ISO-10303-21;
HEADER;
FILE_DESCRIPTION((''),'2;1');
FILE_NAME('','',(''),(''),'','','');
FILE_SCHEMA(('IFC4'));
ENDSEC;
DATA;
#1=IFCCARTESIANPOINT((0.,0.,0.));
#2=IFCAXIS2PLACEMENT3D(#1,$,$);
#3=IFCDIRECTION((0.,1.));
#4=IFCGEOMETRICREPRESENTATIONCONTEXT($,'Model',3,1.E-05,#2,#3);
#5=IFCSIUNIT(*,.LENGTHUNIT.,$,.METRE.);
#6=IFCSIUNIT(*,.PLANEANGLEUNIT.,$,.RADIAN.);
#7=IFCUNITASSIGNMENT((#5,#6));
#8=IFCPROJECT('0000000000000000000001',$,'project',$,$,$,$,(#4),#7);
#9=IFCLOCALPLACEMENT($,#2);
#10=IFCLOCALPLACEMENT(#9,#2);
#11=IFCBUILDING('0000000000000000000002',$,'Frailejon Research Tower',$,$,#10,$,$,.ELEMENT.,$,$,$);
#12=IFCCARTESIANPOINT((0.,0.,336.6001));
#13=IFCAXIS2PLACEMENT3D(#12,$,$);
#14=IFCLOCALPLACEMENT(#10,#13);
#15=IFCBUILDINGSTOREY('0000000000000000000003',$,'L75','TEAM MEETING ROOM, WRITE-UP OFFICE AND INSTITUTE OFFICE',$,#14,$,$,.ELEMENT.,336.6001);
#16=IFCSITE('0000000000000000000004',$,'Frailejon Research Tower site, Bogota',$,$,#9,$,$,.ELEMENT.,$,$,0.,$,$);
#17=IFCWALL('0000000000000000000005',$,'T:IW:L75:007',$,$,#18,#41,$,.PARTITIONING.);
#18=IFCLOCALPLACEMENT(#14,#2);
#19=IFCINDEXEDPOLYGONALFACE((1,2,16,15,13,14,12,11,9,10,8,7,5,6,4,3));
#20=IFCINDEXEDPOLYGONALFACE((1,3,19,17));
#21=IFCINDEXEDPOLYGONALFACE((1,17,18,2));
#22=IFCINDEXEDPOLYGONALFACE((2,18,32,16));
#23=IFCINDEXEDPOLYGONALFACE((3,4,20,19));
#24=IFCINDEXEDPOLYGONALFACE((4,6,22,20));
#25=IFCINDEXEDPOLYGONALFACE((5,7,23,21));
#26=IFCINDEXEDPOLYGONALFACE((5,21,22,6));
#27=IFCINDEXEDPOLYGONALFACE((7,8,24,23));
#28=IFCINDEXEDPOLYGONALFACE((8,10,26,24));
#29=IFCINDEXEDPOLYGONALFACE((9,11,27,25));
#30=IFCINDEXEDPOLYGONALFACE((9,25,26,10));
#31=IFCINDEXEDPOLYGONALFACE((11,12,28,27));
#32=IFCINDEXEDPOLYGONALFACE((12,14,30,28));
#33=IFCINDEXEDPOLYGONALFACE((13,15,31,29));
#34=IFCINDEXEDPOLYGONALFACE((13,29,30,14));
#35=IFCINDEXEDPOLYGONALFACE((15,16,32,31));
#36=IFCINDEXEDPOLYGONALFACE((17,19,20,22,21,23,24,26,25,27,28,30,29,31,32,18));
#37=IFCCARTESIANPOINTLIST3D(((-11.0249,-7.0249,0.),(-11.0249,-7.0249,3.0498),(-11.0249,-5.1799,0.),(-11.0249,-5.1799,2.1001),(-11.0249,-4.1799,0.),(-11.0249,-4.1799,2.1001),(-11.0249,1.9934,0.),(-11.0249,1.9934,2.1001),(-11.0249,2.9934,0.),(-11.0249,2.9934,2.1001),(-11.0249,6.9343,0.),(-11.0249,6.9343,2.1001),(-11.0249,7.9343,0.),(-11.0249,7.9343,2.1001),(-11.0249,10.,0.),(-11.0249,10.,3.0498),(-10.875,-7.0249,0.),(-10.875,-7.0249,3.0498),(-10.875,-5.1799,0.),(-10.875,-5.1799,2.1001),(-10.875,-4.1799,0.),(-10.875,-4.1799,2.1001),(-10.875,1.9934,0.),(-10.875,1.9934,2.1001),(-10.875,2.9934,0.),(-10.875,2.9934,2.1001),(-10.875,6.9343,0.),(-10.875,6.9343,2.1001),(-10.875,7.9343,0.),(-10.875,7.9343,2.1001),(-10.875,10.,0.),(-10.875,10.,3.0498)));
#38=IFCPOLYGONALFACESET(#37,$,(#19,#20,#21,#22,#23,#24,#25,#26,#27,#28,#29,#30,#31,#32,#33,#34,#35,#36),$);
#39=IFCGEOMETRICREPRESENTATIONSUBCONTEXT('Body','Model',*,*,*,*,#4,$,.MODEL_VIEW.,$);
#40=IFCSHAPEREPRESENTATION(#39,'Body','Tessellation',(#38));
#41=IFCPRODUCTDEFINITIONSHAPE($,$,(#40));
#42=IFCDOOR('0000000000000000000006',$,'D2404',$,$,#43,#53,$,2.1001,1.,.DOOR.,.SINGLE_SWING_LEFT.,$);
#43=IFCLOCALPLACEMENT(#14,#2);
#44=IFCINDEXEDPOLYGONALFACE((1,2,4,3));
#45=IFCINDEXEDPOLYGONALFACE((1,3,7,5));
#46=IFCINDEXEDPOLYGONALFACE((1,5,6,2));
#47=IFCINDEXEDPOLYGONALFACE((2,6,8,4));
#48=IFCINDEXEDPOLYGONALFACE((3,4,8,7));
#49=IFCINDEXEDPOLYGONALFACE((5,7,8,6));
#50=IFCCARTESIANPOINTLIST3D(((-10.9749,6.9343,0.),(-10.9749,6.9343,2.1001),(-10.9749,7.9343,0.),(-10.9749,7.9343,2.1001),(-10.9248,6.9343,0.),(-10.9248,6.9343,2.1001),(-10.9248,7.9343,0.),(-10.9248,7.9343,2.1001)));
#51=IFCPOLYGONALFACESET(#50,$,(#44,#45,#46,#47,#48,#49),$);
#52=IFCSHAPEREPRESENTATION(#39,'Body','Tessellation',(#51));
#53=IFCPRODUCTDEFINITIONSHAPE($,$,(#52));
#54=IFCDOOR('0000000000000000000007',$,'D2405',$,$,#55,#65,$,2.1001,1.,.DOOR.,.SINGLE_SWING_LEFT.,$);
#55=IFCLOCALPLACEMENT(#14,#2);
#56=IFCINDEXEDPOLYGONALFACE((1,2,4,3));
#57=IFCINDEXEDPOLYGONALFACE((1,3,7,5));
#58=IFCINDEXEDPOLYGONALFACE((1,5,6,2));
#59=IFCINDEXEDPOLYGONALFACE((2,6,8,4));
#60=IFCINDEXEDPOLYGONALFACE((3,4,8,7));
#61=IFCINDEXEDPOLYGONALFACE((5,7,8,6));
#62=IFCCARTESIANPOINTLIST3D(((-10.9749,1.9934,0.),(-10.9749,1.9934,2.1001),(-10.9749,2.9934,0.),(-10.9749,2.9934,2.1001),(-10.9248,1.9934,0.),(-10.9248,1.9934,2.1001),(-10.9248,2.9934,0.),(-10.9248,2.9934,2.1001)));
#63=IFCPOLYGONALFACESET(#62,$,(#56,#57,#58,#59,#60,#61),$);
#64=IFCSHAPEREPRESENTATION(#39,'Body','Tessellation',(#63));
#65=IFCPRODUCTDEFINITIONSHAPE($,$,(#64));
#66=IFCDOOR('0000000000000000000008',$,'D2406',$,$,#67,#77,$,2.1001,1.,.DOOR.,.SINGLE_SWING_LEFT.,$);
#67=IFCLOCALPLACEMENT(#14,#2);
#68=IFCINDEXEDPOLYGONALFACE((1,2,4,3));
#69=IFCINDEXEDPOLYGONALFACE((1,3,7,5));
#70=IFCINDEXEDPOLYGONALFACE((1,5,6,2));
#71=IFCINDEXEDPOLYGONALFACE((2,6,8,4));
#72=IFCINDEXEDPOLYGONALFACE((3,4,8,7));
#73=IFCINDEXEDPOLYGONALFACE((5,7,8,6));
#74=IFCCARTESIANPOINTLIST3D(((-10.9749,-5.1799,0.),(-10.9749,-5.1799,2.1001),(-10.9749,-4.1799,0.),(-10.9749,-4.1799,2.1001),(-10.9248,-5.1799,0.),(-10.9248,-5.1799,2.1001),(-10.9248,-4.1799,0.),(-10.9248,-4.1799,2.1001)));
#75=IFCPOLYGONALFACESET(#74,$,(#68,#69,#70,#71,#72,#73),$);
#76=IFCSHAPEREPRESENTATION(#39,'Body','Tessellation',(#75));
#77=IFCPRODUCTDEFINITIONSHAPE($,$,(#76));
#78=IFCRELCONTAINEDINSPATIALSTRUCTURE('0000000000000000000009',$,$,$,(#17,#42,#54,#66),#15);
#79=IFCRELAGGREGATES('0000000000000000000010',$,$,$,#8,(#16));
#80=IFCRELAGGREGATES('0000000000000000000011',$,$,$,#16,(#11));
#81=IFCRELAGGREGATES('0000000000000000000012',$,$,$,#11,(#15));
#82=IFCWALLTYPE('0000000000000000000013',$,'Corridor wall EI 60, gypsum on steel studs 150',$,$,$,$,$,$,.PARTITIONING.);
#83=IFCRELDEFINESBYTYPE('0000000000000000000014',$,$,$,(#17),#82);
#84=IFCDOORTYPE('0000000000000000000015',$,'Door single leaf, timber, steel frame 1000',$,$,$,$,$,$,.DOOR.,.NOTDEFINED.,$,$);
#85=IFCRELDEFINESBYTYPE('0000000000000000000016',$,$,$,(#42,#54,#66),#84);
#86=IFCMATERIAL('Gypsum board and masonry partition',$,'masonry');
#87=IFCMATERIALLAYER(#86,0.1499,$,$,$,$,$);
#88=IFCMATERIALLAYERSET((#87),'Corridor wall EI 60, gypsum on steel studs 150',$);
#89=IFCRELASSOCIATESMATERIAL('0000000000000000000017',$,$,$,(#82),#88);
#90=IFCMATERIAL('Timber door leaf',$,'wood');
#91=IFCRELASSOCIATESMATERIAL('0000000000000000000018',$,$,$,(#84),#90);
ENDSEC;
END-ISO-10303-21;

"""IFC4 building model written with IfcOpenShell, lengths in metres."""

from ifc_helpers import new_model, si_unit, direction, frame, frame_2d, origin, place, context, subcontext, project, spatial, rectangle, extrude, material, layer, layer_set, type_object, element, fill, save


model = new_model("IFC4")

# Units and contexts
model_context = context("Model", 3, precision=1e-05, world=origin(), true_north=direction((0.0, 1.0)))
body_context = subcontext(model_context, "Body", "Model", "MODEL_VIEW")
ifc_project = project(units=[si_unit("LENGTHUNIT", "METRE"), si_unit("PLANEANGLEUNIT", "RADIAN")], contexts=[model_context])

# Site, building, storey
site_placement = place(None, origin())
site = spatial("IfcSite", under=ifc_project, at=site_placement, Name="Frailejon Research Tower site, Bogota", CompositionType="ELEMENT", RefElevation=0.0)
building_placement = place(site_placement, origin())
building = spatial("IfcBuilding", under=site, at=building_placement, Name="Frailejon Research Tower", CompositionType="ELEMENT")
storey_placement = place(building_placement, frame((0.0, 0.0, 336.6001)))
storey = spatial("IfcBuildingStorey", under=building, at=storey_placement, Name="L75", Description="TEAM MEETING ROOM, WRITE-UP OFFICE AND INSTITUTE OFFICE", CompositionType="ELEMENT", Elevation=336.6001)

# Shared definitions
ifc_material_1 = material(Name="Gypsum board and masonry partition", Category="masonry")
ifc_layer_1 = layer(ifc_material_1, 0.1499)
ifc_layer_set_1 = layer_set([ifc_layer_1], Name="Corridor wall EI 60, gypsum on steel studs 150")
wall_type_1 = type_object("IfcWallType", Name="Corridor wall EI 60, gypsum on steel studs 150", PredefinedType="PARTITIONING", material=ifc_layer_set_1)

# Wall, openings, doors
wall_1_placement = place(storey_placement, frame((-10.95, -7.0249, 0.0), z_axis=(0.0, 0.0, 1.0), x_axis=(0.0, 1.0, 0.0)))
wall_1 = element("IfcWall", 1, at=wall_1_placement, inside=storey, type_object=wall_type_1, Name="T:IW:L75:007", PredefinedType="PARTITIONING", context=body_context, shape_type="SweptSolid", body=[
    extrude(rectangle(XDim=17.0249, YDim=0.1499, at=frame_2d((8.5125, 0.0))), origin(), (0.0, 0.0, 1.0), 3.0498),
])
opening_1_placement = place(wall_1_placement, frame((13.9592, 0.0, 0.0)))
opening_1 = element("IfcOpeningElement", 2, at=opening_1_placement, cuts=wall_1, PredefinedType="OPENING", context=body_context, shape_type="SweptSolid", body=[
    extrude(rectangle(XDim=1.0, YDim=2.1001, at=frame_2d((0.5, 1.05))), frame((0.0, 0.085, 0.0), z_axis=(0.0, -1.0, 0.0), x_axis=(1.0, 0.0, 0.0)), (0.0, 0.0, 1.0), 0.1699),
])
opening_2_placement = place(wall_1_placement, frame((9.0183, 0.0, 0.0)))
opening_2 = element("IfcOpeningElement", 3, at=opening_2_placement, cuts=wall_1, PredefinedType="OPENING", context=body_context, shape_type="SweptSolid", body=[
    extrude(rectangle(XDim=1.0, YDim=2.1001, at=frame_2d((0.5, 1.05))), frame((0.0, 0.085, 0.0), z_axis=(0.0, -1.0, 0.0), x_axis=(1.0, 0.0, 0.0)), (0.0, 0.0, 1.0), 0.1699),
])
opening_3_placement = place(wall_1_placement, frame((1.845, 0.0, 0.0)))
opening_3 = element("IfcOpeningElement", 4, at=opening_3_placement, cuts=wall_1, PredefinedType="OPENING", context=body_context, shape_type="SweptSolid", body=[
    extrude(rectangle(XDim=1.0, YDim=2.1001, at=frame_2d((0.5, 1.05))), frame((0.0, 0.085, 0.0), z_axis=(0.0, -1.0, 0.0), x_axis=(1.0, 0.0, 0.0)), (0.0, 0.0, 1.0), 0.1699),
])
ifc_material_2 = material(Name="Timber door leaf", Category="wood")
door_type_1 = type_object("IfcDoorType", Name="Door single leaf, timber, steel frame 1000", OperationType="NOTDEFINED", PredefinedType="DOOR", material=ifc_material_2)
door_1_placement = place(opening_1_placement, origin())
door_1 = element("IfcDoor", 5, at=door_1_placement, inside=storey, type_object=door_type_1, Name="D2404", OperationType="SINGLE_SWING_LEFT", OverallHeight=2.1001, OverallWidth=1.0, PredefinedType="DOOR", context=body_context, shape_type="SweptSolid", body=[
    extrude(rectangle(XDim=1.0, YDim=2.1001, at=frame_2d((0.5, 1.05))), frame((0.0, 0.0249, 0.0), z_axis=(0.0, -1.0, 0.0), x_axis=(1.0, 0.0, 0.0)), (0.0, 0.0, 1.0), 0.05),
])
fill(opening_1, door_1)
door_2_placement = place(opening_2_placement, origin())
door_2 = element("IfcDoor", 6, at=door_2_placement, inside=storey, type_object=door_type_1, Name="D2405", OperationType="SINGLE_SWING_LEFT", OverallHeight=2.1001, OverallWidth=1.0, PredefinedType="DOOR", context=body_context, shape_type="SweptSolid", body=[
    extrude(rectangle(XDim=1.0, YDim=2.1001, at=frame_2d((0.5, 1.05))), frame((0.0, 0.0249, 0.0), z_axis=(0.0, -1.0, 0.0), x_axis=(1.0, 0.0, 0.0)), (0.0, 0.0, 1.0), 0.05),
])
fill(opening_2, door_2)
door_3_placement = place(opening_3_placement, origin())
door_3 = element("IfcDoor", 7, at=door_3_placement, inside=storey, type_object=door_type_1, Name="D2406", OperationType="SINGLE_SWING_LEFT", OverallHeight=2.1001, OverallWidth=1.0, PredefinedType="DOOR", context=body_context, shape_type="SweptSolid", body=[
    extrude(rectangle(XDim=1.0, YDim=2.1001, at=frame_2d((0.5, 1.05))), frame((0.0, 0.0249, 0.0), z_axis=(0.0, -1.0, 0.0), x_axis=(1.0, 0.0, 0.0)), (0.0, 0.0, 1.0), 0.05),
])
fill(opening_3, door_3)

save(model, "model.ifc")
